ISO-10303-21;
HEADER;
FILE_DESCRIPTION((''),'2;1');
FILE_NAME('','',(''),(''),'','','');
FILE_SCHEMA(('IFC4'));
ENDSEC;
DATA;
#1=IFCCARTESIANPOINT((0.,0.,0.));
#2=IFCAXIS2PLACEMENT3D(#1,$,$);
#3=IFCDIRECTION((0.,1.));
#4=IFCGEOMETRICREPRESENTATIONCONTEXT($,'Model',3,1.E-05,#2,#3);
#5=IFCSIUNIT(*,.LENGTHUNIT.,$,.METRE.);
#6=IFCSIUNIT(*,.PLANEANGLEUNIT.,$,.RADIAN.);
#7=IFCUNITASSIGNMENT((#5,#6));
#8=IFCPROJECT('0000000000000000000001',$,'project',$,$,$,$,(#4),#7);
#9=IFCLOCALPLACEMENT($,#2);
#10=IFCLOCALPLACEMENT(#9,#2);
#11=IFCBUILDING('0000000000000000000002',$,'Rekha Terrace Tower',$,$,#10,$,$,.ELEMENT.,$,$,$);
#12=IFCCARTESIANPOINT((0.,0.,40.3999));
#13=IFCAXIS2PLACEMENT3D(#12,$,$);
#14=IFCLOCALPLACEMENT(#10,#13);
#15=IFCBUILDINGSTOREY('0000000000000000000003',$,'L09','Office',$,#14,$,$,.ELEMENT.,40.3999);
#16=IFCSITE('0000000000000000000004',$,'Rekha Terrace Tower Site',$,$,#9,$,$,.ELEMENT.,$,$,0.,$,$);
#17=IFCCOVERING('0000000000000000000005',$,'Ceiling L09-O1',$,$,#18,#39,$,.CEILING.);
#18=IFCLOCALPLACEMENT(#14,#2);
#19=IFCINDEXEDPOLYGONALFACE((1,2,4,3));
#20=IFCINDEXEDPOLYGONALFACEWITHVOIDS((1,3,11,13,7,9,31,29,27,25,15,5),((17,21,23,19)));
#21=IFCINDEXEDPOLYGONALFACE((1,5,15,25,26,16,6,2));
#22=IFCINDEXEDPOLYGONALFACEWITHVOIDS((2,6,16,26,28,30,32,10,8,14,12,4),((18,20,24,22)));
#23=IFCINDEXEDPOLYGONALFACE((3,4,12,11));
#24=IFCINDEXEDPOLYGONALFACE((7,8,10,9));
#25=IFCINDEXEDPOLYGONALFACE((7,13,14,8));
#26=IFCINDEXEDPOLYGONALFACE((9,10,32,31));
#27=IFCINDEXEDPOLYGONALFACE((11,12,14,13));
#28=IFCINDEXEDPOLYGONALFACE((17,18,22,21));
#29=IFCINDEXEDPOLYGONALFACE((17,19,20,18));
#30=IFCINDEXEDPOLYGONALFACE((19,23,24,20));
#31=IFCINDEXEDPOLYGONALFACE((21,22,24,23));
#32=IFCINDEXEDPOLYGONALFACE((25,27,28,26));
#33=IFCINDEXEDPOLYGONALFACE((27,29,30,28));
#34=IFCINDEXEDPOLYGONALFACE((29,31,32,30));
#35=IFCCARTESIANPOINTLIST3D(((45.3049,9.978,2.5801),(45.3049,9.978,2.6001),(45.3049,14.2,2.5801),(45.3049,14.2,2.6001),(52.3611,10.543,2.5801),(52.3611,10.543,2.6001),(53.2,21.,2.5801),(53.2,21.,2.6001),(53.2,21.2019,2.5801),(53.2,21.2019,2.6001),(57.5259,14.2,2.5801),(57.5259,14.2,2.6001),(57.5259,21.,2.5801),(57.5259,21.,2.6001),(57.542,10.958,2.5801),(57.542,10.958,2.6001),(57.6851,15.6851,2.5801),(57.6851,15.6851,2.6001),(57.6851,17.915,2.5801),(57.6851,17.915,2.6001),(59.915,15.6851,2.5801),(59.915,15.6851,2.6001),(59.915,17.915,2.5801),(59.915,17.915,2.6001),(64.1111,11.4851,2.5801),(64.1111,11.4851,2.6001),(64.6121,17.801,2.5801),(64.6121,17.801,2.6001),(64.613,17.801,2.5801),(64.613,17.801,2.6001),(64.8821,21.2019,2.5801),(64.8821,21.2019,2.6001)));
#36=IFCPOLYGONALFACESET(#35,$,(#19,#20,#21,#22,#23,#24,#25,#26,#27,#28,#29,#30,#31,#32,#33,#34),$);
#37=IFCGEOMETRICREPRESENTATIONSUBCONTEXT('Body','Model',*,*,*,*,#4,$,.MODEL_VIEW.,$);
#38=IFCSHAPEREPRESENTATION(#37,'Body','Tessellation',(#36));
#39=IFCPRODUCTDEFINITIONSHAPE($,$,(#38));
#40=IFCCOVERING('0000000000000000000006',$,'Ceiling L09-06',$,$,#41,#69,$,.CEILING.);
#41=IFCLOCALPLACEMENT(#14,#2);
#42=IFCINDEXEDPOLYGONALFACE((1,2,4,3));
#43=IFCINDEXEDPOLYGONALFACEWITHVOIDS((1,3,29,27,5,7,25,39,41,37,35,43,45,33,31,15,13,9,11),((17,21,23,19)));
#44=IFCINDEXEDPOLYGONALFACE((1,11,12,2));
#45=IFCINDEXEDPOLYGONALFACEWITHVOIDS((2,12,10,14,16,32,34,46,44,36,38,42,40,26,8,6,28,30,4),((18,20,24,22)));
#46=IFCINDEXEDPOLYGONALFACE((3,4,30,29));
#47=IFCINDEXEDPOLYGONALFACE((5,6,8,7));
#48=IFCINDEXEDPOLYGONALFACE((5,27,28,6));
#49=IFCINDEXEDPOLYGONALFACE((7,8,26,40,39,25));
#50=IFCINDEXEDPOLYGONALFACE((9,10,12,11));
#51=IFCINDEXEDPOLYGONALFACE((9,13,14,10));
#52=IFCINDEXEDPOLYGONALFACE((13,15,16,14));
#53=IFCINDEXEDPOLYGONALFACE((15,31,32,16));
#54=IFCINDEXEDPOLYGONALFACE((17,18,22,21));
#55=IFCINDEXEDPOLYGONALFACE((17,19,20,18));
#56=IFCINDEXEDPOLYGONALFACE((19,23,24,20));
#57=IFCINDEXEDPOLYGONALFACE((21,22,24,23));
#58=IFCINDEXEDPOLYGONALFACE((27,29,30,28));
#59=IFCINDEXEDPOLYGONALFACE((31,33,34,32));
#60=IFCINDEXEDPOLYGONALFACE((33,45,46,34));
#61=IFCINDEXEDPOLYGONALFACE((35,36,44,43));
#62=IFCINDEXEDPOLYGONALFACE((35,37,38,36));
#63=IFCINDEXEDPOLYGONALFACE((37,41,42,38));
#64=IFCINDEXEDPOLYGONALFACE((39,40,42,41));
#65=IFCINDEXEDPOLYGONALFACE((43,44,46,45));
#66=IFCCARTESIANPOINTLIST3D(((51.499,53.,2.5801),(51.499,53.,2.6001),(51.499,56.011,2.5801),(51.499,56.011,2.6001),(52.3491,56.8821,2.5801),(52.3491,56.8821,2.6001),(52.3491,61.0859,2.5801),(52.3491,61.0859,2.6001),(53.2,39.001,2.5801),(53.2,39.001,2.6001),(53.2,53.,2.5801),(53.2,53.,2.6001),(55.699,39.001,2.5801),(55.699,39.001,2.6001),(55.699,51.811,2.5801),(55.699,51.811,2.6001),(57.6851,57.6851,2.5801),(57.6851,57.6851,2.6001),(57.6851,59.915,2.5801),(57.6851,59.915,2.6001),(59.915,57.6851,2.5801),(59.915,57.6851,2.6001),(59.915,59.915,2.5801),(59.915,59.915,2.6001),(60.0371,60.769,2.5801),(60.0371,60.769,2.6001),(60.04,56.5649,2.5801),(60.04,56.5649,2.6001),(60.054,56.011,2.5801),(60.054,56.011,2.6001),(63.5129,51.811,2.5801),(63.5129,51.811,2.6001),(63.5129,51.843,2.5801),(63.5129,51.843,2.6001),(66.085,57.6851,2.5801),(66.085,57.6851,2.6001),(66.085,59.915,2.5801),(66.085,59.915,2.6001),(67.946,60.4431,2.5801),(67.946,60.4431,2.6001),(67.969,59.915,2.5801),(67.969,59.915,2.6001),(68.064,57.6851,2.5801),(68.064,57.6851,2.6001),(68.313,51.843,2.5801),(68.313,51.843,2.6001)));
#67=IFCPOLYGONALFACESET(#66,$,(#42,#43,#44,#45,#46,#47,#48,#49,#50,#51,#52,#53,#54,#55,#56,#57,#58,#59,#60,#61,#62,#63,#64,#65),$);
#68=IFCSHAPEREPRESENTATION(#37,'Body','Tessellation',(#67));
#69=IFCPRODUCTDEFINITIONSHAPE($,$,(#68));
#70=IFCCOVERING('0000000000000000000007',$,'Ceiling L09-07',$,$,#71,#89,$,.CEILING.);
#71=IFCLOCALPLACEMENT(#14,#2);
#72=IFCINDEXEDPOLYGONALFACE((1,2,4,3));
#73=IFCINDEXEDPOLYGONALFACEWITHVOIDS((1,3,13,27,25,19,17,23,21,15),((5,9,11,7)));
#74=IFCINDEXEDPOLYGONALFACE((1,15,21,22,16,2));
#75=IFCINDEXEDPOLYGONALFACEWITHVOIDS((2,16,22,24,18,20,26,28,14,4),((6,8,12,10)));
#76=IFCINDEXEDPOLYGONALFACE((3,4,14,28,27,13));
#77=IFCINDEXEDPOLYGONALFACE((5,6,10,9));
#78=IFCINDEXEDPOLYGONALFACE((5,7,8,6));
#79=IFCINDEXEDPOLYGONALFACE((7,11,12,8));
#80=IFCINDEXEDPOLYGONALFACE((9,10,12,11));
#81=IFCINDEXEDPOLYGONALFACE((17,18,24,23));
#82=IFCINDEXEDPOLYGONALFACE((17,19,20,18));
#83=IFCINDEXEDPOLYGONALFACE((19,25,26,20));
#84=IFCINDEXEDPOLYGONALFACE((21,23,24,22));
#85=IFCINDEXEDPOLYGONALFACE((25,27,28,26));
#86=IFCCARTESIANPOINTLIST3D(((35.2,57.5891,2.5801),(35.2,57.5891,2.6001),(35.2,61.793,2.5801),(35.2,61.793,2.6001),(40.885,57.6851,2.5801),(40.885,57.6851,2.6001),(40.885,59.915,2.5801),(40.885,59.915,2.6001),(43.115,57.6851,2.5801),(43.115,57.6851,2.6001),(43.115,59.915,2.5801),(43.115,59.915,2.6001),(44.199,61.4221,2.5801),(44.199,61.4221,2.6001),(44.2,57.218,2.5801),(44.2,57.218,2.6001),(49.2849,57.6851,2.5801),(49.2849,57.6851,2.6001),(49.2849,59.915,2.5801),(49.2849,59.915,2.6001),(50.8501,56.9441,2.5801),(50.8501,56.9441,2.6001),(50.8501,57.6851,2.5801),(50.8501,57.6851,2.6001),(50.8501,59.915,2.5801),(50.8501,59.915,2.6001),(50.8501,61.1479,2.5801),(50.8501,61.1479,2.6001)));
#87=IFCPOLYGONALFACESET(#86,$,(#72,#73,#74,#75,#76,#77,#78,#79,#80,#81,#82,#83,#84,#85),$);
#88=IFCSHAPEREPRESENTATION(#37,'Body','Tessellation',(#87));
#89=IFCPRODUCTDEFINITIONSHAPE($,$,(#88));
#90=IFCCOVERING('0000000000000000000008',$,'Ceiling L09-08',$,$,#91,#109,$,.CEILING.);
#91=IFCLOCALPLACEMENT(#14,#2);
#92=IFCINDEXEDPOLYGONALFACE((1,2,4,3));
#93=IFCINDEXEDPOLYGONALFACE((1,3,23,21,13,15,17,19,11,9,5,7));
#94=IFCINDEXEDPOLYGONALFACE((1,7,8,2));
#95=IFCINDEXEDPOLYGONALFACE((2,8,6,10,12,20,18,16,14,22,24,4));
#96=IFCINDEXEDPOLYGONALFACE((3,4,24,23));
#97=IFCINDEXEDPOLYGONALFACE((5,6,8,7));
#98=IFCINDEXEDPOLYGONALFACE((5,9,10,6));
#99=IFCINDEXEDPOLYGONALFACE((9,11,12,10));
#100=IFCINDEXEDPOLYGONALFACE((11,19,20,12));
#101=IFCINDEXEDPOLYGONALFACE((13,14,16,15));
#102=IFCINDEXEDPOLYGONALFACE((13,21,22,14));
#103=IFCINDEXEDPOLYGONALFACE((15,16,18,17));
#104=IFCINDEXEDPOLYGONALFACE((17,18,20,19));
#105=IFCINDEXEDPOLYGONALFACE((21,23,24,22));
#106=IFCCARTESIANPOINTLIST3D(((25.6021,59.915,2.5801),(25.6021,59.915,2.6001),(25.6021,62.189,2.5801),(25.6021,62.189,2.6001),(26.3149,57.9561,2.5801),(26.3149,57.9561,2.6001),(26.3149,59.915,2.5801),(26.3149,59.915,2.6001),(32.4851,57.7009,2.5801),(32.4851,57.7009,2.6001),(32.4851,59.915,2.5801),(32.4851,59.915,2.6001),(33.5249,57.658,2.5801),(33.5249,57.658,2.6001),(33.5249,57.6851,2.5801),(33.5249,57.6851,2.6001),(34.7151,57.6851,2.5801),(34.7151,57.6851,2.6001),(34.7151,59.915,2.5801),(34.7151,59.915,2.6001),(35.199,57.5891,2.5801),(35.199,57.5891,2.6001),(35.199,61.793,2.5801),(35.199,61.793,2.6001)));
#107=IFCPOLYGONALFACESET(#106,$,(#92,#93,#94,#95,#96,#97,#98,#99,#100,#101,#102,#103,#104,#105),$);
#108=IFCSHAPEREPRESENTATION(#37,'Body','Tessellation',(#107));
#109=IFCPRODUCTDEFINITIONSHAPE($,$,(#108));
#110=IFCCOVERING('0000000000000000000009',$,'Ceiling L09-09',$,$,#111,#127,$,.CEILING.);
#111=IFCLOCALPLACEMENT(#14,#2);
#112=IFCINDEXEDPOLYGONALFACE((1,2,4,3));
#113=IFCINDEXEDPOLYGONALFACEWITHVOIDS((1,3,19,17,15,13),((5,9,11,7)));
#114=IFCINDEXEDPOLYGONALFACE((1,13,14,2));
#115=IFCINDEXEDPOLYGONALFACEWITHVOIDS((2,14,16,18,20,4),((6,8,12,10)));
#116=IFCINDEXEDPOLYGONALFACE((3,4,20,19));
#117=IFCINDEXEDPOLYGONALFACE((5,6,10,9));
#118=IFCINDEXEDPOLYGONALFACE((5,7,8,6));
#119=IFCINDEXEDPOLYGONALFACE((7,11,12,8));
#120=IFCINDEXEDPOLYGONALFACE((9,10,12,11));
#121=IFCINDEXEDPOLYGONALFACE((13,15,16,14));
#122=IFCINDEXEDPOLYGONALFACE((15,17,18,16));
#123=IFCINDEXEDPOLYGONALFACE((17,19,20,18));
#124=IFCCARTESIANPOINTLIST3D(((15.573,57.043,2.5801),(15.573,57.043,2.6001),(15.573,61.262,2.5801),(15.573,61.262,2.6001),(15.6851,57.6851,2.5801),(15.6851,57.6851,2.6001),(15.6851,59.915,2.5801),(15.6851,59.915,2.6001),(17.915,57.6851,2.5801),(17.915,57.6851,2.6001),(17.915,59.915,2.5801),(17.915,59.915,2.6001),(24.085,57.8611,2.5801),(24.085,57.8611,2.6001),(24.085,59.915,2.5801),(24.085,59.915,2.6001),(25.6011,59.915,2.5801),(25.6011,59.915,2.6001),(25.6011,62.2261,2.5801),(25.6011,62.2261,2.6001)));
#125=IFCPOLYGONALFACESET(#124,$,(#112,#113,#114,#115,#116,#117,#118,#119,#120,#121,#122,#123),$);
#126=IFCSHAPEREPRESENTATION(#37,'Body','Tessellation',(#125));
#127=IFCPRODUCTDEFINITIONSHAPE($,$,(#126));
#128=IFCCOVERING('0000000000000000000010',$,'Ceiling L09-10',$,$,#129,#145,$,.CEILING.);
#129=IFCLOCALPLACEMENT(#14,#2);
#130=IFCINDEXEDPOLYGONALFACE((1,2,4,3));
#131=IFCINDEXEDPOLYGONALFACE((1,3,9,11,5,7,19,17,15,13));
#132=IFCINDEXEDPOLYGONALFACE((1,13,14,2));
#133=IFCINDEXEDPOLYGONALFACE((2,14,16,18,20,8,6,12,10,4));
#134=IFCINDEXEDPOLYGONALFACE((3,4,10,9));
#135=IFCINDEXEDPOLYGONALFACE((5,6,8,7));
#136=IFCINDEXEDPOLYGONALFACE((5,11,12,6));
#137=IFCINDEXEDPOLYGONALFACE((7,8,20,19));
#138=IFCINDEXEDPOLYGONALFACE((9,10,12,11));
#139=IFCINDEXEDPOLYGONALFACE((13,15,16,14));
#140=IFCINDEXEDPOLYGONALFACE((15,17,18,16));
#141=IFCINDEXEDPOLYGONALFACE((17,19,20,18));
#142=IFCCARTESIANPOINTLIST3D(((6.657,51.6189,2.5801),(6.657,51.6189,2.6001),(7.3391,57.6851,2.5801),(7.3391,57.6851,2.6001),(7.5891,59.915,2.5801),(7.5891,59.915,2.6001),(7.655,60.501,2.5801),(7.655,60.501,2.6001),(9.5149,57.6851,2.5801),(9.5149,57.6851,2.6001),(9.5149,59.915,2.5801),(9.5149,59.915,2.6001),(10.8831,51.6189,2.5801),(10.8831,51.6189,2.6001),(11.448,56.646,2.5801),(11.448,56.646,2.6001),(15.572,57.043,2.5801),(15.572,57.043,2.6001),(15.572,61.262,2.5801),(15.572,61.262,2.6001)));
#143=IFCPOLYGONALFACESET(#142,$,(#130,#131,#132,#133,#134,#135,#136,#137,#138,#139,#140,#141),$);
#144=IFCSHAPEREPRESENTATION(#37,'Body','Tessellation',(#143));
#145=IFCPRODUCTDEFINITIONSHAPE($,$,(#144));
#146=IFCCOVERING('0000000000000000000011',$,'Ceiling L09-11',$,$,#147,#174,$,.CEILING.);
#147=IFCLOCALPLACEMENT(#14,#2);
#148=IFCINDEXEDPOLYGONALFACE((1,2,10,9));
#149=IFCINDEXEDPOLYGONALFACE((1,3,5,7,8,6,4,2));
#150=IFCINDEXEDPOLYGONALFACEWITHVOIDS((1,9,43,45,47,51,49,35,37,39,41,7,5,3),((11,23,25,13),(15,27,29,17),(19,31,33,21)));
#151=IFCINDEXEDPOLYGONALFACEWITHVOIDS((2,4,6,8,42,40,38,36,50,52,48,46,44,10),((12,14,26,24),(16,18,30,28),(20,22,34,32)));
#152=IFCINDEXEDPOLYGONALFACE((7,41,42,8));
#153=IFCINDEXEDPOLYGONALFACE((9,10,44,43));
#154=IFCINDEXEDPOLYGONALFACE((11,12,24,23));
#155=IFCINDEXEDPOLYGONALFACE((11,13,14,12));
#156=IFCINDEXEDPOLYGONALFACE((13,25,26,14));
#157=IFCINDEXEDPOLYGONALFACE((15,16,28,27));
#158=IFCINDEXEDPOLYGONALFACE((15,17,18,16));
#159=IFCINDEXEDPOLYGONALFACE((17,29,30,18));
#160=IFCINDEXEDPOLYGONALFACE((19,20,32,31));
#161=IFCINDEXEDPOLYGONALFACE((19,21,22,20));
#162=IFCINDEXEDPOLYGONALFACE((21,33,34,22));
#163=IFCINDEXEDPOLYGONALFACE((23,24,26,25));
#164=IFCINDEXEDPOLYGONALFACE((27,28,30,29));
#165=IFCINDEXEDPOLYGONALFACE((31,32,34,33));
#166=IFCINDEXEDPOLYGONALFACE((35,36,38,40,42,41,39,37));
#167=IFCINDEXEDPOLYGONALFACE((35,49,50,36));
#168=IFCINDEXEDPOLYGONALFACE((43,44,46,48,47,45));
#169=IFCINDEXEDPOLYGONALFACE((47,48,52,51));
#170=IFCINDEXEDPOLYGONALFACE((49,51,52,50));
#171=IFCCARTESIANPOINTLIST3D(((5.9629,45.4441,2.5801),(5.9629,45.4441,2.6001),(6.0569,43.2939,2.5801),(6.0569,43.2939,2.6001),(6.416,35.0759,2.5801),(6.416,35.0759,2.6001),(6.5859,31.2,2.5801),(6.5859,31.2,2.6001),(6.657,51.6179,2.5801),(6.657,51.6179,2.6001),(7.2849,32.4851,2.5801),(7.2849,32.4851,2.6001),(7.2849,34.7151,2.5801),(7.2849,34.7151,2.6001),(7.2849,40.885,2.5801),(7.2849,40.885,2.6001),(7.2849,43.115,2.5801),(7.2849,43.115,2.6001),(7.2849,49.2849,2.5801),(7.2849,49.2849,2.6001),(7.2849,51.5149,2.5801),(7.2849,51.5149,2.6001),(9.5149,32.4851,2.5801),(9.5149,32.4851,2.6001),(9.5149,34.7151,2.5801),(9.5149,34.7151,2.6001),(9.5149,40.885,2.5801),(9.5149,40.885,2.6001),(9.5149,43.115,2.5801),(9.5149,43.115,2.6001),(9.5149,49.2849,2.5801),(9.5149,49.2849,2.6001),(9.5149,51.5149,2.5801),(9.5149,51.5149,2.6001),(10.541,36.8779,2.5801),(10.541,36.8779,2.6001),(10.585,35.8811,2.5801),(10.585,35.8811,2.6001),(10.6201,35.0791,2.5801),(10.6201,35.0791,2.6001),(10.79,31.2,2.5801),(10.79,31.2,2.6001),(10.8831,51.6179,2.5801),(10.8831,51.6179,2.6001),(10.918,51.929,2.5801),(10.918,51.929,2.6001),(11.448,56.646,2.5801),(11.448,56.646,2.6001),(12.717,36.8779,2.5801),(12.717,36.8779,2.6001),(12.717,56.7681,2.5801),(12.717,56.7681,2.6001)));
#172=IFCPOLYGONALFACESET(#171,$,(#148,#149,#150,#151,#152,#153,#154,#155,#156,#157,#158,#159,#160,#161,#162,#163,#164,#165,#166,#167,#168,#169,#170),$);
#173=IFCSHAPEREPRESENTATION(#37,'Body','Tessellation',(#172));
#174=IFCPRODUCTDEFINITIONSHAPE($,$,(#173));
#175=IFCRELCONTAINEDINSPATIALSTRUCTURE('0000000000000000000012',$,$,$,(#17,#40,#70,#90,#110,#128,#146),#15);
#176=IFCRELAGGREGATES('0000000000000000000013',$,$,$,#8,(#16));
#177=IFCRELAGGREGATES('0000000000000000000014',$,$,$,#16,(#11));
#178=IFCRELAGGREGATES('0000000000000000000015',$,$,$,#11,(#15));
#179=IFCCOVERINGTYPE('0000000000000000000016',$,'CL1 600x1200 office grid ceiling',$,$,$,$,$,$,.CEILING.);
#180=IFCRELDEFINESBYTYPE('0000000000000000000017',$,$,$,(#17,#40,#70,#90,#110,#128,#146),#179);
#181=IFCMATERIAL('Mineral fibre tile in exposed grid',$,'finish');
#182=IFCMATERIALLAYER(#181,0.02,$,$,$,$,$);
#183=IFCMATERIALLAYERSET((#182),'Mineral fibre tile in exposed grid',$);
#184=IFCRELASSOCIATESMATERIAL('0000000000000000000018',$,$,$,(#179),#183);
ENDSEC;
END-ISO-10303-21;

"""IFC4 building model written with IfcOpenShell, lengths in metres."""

from ifc_helpers import new_model, si_unit, direction, frame, origin, place, context, subcontext, project, spatial, polyline, outline, extrude, material, layer, layer_set, type_object, element, save


model = new_model("IFC4")

# Units and contexts
model_context = context("Model", 3, precision=1e-05, world=origin(), true_north=direction((0.0, 1.0)))
body_context = subcontext(model_context, "Body", "Model", "MODEL_VIEW")
ifc_project = project(units=[si_unit("LENGTHUNIT", "METRE"), si_unit("PLANEANGLEUNIT", "RADIAN")], contexts=[model_context])

# Site, building, storey
site_placement = place(None, origin())
site = spatial("IfcSite", under=ifc_project, at=site_placement, Name="Rekha Terrace Tower Site", CompositionType="ELEMENT", RefElevation=0.0)
building_placement = place(site_placement, origin())
building = spatial("IfcBuilding", under=site, at=building_placement, Name="Rekha Terrace Tower", CompositionType="ELEMENT")
storey_placement = place(building_placement, frame((0.0, 0.0, 40.3999)))
storey = spatial("IfcBuildingStorey", under=building, at=storey_placement, Name="L09", Description="Office", CompositionType="ELEMENT", Elevation=40.3999)

# Coverings
ifc_material_1 = material(Name="Mineral fibre tile in exposed grid", Category="finish")
ifc_layer_1 = layer(ifc_material_1, 0.02)
ifc_layer_set_1 = layer_set([ifc_layer_1], Name="Mineral fibre tile in exposed grid")
covering_type_1 = type_object("IfcCoveringType", Name="CL1 600x1200 office grid ceiling", PredefinedType="CEILING", material=ifc_layer_set_1)
covering_1_placement = place(storey_placement, frame((0.0, 0.0, 2.5801)))
element("IfcCovering", 1, at=covering_1_placement, inside=storey, type_object=covering_type_1, Name="Ceiling L09-O1", PredefinedType="CEILING", context=body_context, shape_type="SweptSolid", body=[
    extrude(outline(polyline([(45.3049, 14.2), (45.3049, 9.978), (52.3611, 10.543), (57.542, 10.958), (64.1111, 11.4851), (64.6121, 17.801), (64.613, 17.801), (64.8821, 21.2019), (53.2, 21.2019), (53.2, 21.0), (57.5259, 21.0), (57.5259, 14.2), (45.3049, 14.2)]), holes=[polyline([(59.915, 17.915), (59.915, 15.6851), (57.6851, 15.6851), (57.6851, 17.915), (59.915, 17.915)])]), origin(), (0.0, 0.0, 1.0), 0.02),
])
covering_2_placement = place(storey_placement, frame((0.0, 0.0, 2.5801)))
element("IfcCovering", 2, at=covering_2_placement, inside=storey, type_object=covering_type_1, Name="Ceiling L09-06", PredefinedType="CEILING", context=body_context, shape_type="SweptSolid", body=[
    extrude(outline(polyline([(66.085, 59.915), (67.969, 59.915), (67.946, 60.4431), (60.0371, 60.769), (52.3491, 61.0859), (52.3491, 56.8821), (60.04, 56.5649), (60.054, 56.011), (51.499, 56.011), (51.499, 53.0), (53.2, 53.0), (53.2, 39.001), (55.699, 39.001), (55.699, 51.811), (63.5129, 51.811), (63.5129, 51.843), (68.313, 51.843), (68.064, 57.6851), (66.085, 57.6851), (66.085, 59.915)]), holes=[polyline([(59.915, 57.6851), (57.6851, 57.6851), (57.6851, 59.915), (59.915, 59.915), (59.915, 57.6851)])]), origin(), (0.0, 0.0, 1.0), 0.02),
])
covering_3_placement = place(storey_placement, frame((0.0, 0.0, 2.5801)))
element("IfcCovering", 3, at=covering_3_placement, inside=storey, type_object=covering_type_1, Name="Ceiling L09-07", PredefinedType="CEILING", context=body_context, shape_type="SweptSolid", body=[
    extrude(outline(polyline([(49.2849, 59.915), (50.8501, 59.915), (50.8501, 61.1479), (44.199, 61.4221), (35.2, 61.793), (35.2, 57.5891), (44.2, 57.218), (50.8501, 56.9441), (50.8501, 57.6851), (49.2849, 57.6851), (49.2849, 59.915)]), holes=[polyline([(43.115, 57.6851), (40.885, 57.6851), (40.885, 59.915), (43.115, 59.915), (43.115, 57.6851)])]), origin(), (0.0, 0.0, 1.0), 0.02),
])
covering_4_placement = place(storey_placement, frame((0.0, 0.0, 2.5801)))
element("IfcCovering", 4, at=covering_4_placement, inside=storey, type_object=covering_type_1, Name="Ceiling L09-08", PredefinedType="CEILING", context=body_context, shape_type="SweptSolid", body=[
    extrude(outline(polyline([(33.5249, 57.6851), (33.5249, 57.658), (35.199, 57.5891), (35.199, 61.793), (25.6021, 62.189), (25.6021, 59.915), (26.3149, 59.915), (26.3149, 57.9561), (32.4851, 57.7009), (32.4851, 59.915), (34.7151, 59.915), (34.7151, 57.6851), (33.5249, 57.6851)])), origin(), (0.0, 0.0, 1.0), 0.02),
])
covering_5_placement = place(storey_placement, frame((0.0, 0.0, 2.5801)))
element("IfcCovering", 5, at=covering_5_placement, inside=storey, type_object=covering_type_1, Name="Ceiling L09-09", PredefinedType="CEILING", context=body_context, shape_type="SweptSolid", body=[
    extrude(outline(polyline([(25.6011, 62.2261), (15.573, 61.262), (15.573, 57.043), (24.085, 57.8611), (24.085, 59.915), (25.6011, 59.915), (25.6011, 62.2261)]), holes=[polyline([(17.915, 57.6851), (15.6851, 57.6851), (15.6851, 59.915), (17.915, 59.915), (17.915, 57.6851)])]), origin(), (0.0, 0.0, 1.0), 0.02),
])
covering_6_placement = place(storey_placement, frame((0.0, 0.0, 2.5801)))
element("IfcCovering", 6, at=covering_6_placement, inside=storey, type_object=covering_type_1, Name="Ceiling L09-10", PredefinedType="CEILING", context=body_context, shape_type="SweptSolid", body=[
    extrude(outline(polyline([(11.448, 56.646), (15.572, 57.043), (15.572, 61.262), (7.655, 60.501), (7.5891, 59.915), (9.5149, 59.915), (9.5149, 57.6851), (7.3391, 57.6851), (6.657, 51.6189), (10.8831, 51.6189), (11.448, 56.646)])), origin(), (0.0, 0.0, 1.0), 0.02),
])
covering_7_placement = place(storey_placement, frame((0.0, 0.0, 2.5801)))
element("IfcCovering", 7, at=covering_7_placement, inside=storey, type_object=covering_type_1, Name="Ceiling L09-11", PredefinedType="CEILING", context=body_context, shape_type="SweptSolid", body=[
    extrude(outline(polyline([(10.8831, 51.6179), (6.657, 51.6179), (5.9629, 45.4441), (6.0569, 43.2939), (6.416, 35.0759), (6.5859, 31.2), (10.79, 31.2), (10.6201, 35.0791), (10.585, 35.8811), (10.541, 36.8779), (12.717, 36.8779), (12.717, 56.7681), (11.448, 56.646), (10.918, 51.929), (10.8831, 51.6179)]), holes=[polyline([(9.5149, 32.4851), (7.2849, 32.4851), (7.2849, 34.7151), (9.5149, 34.7151), (9.5149, 32.4851)]), polyline([(9.5149, 40.885), (7.2849, 40.885), (7.2849, 43.115), (9.5149, 43.115), (9.5149, 40.885)]), polyline([(9.5149, 51.5149), (9.5149, 49.2849), (7.2849, 49.2849), (7.2849, 51.5149), (9.5149, 51.5149)])]), origin(), (0.0, 0.0, 1.0), 0.02),
])

save(model, "model.ifc")
